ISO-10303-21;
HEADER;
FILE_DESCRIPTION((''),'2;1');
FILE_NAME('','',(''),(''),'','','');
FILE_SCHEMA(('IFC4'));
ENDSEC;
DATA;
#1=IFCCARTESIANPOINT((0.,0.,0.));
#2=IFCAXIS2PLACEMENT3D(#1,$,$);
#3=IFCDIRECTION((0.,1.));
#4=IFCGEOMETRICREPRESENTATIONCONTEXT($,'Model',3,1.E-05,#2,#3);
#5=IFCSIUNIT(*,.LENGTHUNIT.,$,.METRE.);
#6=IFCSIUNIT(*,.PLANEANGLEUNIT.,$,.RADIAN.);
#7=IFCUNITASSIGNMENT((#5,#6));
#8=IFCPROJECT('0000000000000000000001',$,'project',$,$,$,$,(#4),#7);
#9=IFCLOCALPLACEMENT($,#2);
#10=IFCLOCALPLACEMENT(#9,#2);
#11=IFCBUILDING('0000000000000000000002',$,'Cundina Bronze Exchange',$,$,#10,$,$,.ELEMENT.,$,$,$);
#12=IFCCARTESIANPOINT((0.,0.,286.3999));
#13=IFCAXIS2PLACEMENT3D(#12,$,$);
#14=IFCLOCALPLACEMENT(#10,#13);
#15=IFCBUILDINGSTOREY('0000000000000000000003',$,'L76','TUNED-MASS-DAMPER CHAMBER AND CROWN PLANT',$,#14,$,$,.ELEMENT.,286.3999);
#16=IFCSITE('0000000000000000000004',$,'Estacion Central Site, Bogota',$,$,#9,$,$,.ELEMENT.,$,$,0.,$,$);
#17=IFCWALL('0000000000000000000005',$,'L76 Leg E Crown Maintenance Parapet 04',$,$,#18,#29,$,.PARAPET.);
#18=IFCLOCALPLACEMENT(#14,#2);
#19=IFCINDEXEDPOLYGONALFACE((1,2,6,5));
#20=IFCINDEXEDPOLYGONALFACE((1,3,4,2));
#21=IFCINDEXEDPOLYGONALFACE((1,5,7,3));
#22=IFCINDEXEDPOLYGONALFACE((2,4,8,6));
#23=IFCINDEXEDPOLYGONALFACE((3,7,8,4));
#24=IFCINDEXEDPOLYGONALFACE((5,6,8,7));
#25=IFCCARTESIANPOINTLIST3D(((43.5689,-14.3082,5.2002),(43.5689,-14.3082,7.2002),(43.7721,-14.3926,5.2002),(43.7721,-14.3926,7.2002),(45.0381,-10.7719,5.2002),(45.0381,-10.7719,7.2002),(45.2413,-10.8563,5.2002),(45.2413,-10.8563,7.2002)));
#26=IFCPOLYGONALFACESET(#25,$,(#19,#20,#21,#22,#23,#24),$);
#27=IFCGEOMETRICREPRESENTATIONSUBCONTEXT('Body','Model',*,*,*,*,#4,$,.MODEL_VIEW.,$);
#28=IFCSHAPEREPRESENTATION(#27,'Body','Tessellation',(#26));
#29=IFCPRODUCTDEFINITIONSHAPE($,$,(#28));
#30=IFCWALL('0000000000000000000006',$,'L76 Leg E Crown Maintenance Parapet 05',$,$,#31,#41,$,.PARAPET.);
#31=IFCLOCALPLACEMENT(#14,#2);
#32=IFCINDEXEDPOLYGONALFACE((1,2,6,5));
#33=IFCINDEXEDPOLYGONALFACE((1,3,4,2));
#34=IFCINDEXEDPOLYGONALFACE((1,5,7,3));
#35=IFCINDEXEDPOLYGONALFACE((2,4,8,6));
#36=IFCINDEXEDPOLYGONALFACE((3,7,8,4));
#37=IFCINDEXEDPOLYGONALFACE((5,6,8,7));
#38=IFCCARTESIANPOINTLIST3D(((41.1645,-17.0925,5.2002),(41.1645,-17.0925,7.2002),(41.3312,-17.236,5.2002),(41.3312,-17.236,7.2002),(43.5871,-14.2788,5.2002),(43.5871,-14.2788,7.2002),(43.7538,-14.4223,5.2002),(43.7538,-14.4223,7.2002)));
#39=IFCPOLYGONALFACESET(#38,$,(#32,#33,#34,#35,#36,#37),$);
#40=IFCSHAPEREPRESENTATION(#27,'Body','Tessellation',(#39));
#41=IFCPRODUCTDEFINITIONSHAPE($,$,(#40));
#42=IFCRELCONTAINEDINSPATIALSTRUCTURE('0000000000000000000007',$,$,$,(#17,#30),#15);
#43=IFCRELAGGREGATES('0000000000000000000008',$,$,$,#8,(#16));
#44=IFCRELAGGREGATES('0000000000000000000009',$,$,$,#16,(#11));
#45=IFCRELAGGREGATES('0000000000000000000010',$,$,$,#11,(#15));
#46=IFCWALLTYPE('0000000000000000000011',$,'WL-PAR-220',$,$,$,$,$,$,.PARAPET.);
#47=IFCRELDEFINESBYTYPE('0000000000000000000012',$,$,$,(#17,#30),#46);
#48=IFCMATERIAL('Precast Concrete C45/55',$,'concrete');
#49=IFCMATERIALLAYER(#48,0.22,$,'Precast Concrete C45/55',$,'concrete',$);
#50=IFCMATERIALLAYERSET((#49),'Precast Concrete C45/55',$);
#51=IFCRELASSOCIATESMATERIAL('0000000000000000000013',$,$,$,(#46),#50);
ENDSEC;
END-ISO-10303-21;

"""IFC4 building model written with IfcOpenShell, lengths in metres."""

from ifc_helpers import new_model, si_unit, direction, frame, frame_2d, origin, place, context, subcontext, project, spatial, rectangle, extrude, material, layer, layer_set, type_object, element, save


model = new_model("IFC4")

# Units and contexts
model_context = context("Model", 3, precision=1e-05, world=origin(), true_north=direction((0.0, 1.0)))
body_context = subcontext(model_context, "Body", "Model", "MODEL_VIEW")
ifc_project = project(units=[si_unit("LENGTHUNIT", "METRE"), si_unit("PLANEANGLEUNIT", "RADIAN")], contexts=[model_context])

# Site, building, storey
site_placement = place(None, origin())
site = spatial("IfcSite", under=ifc_project, at=site_placement, Name="Estacion Central Site, Bogota", CompositionType="ELEMENT", RefElevation=0.0)
building_placement = place(site_placement, origin())
building = spatial("IfcBuilding", under=site, at=building_placement, Name="Cundina Bronze Exchange", CompositionType="ELEMENT")
storey_placement = place(building_placement, frame((0.0, 0.0, 286.3999)))
storey = spatial("IfcBuildingStorey", under=building, at=storey_placement, Name="L76", Description="TUNED-MASS-DAMPER CHAMBER AND CROWN PLANT", CompositionType="ELEMENT", Elevation=286.3999)

# Walls
ifc_material_1 = material(Name="Precast Concrete C45/55", Category="concrete")
ifc_layer_1 = layer(ifc_material_1, 0.22, Name="Precast Concrete C45/55", Category="concrete")
ifc_layer_set_1 = layer_set([ifc_layer_1], Name="Precast Concrete C45/55")
wall_type = type_object("IfcWallType", Name="WL-PAR-220", PredefinedType="PARAPET", material=ifc_layer_set_1)
wall_1_placement = place(storey_placement, frame((45.1396, -10.8142, 5.2002), z_axis=(0.0, 0.0, 1.0), x_axis=(-0.383669, -0.923471, 0.0)))
element("IfcWall", 1, at=wall_1_placement, inside=storey, type_object=wall_type, Name="L76 Leg E Crown Maintenance Parapet 04", PredefinedType="PARAPET", context=body_context, shape_type="SweptSolid", body=[
    extrude(rectangle(XDim=3.8293, YDim=0.22, at=frame_2d((1.9146, 0.0))), origin(), (0.0, 0.0, 1.0), 2.0),
])
wall_2_placement = place(storey_placement, frame((43.6704, -14.3506, 5.2002), z_axis=(0.0, 0.0, 1.0), x_axis=(-0.652474, -0.757811, 0.0)))
element("IfcWall", 2, at=wall_2_placement, inside=storey, type_object=wall_type, Name="L76 Leg E Crown Maintenance Parapet 05", PredefinedType="PARAPET", context=body_context, shape_type="SweptSolid", body=[
    extrude(rectangle(XDim=3.7129, YDim=0.22, at=frame_2d((1.8564, 0.0))), origin(), (0.0, 0.0, 1.0), 2.0),
])

save(model, "model.ifc")
